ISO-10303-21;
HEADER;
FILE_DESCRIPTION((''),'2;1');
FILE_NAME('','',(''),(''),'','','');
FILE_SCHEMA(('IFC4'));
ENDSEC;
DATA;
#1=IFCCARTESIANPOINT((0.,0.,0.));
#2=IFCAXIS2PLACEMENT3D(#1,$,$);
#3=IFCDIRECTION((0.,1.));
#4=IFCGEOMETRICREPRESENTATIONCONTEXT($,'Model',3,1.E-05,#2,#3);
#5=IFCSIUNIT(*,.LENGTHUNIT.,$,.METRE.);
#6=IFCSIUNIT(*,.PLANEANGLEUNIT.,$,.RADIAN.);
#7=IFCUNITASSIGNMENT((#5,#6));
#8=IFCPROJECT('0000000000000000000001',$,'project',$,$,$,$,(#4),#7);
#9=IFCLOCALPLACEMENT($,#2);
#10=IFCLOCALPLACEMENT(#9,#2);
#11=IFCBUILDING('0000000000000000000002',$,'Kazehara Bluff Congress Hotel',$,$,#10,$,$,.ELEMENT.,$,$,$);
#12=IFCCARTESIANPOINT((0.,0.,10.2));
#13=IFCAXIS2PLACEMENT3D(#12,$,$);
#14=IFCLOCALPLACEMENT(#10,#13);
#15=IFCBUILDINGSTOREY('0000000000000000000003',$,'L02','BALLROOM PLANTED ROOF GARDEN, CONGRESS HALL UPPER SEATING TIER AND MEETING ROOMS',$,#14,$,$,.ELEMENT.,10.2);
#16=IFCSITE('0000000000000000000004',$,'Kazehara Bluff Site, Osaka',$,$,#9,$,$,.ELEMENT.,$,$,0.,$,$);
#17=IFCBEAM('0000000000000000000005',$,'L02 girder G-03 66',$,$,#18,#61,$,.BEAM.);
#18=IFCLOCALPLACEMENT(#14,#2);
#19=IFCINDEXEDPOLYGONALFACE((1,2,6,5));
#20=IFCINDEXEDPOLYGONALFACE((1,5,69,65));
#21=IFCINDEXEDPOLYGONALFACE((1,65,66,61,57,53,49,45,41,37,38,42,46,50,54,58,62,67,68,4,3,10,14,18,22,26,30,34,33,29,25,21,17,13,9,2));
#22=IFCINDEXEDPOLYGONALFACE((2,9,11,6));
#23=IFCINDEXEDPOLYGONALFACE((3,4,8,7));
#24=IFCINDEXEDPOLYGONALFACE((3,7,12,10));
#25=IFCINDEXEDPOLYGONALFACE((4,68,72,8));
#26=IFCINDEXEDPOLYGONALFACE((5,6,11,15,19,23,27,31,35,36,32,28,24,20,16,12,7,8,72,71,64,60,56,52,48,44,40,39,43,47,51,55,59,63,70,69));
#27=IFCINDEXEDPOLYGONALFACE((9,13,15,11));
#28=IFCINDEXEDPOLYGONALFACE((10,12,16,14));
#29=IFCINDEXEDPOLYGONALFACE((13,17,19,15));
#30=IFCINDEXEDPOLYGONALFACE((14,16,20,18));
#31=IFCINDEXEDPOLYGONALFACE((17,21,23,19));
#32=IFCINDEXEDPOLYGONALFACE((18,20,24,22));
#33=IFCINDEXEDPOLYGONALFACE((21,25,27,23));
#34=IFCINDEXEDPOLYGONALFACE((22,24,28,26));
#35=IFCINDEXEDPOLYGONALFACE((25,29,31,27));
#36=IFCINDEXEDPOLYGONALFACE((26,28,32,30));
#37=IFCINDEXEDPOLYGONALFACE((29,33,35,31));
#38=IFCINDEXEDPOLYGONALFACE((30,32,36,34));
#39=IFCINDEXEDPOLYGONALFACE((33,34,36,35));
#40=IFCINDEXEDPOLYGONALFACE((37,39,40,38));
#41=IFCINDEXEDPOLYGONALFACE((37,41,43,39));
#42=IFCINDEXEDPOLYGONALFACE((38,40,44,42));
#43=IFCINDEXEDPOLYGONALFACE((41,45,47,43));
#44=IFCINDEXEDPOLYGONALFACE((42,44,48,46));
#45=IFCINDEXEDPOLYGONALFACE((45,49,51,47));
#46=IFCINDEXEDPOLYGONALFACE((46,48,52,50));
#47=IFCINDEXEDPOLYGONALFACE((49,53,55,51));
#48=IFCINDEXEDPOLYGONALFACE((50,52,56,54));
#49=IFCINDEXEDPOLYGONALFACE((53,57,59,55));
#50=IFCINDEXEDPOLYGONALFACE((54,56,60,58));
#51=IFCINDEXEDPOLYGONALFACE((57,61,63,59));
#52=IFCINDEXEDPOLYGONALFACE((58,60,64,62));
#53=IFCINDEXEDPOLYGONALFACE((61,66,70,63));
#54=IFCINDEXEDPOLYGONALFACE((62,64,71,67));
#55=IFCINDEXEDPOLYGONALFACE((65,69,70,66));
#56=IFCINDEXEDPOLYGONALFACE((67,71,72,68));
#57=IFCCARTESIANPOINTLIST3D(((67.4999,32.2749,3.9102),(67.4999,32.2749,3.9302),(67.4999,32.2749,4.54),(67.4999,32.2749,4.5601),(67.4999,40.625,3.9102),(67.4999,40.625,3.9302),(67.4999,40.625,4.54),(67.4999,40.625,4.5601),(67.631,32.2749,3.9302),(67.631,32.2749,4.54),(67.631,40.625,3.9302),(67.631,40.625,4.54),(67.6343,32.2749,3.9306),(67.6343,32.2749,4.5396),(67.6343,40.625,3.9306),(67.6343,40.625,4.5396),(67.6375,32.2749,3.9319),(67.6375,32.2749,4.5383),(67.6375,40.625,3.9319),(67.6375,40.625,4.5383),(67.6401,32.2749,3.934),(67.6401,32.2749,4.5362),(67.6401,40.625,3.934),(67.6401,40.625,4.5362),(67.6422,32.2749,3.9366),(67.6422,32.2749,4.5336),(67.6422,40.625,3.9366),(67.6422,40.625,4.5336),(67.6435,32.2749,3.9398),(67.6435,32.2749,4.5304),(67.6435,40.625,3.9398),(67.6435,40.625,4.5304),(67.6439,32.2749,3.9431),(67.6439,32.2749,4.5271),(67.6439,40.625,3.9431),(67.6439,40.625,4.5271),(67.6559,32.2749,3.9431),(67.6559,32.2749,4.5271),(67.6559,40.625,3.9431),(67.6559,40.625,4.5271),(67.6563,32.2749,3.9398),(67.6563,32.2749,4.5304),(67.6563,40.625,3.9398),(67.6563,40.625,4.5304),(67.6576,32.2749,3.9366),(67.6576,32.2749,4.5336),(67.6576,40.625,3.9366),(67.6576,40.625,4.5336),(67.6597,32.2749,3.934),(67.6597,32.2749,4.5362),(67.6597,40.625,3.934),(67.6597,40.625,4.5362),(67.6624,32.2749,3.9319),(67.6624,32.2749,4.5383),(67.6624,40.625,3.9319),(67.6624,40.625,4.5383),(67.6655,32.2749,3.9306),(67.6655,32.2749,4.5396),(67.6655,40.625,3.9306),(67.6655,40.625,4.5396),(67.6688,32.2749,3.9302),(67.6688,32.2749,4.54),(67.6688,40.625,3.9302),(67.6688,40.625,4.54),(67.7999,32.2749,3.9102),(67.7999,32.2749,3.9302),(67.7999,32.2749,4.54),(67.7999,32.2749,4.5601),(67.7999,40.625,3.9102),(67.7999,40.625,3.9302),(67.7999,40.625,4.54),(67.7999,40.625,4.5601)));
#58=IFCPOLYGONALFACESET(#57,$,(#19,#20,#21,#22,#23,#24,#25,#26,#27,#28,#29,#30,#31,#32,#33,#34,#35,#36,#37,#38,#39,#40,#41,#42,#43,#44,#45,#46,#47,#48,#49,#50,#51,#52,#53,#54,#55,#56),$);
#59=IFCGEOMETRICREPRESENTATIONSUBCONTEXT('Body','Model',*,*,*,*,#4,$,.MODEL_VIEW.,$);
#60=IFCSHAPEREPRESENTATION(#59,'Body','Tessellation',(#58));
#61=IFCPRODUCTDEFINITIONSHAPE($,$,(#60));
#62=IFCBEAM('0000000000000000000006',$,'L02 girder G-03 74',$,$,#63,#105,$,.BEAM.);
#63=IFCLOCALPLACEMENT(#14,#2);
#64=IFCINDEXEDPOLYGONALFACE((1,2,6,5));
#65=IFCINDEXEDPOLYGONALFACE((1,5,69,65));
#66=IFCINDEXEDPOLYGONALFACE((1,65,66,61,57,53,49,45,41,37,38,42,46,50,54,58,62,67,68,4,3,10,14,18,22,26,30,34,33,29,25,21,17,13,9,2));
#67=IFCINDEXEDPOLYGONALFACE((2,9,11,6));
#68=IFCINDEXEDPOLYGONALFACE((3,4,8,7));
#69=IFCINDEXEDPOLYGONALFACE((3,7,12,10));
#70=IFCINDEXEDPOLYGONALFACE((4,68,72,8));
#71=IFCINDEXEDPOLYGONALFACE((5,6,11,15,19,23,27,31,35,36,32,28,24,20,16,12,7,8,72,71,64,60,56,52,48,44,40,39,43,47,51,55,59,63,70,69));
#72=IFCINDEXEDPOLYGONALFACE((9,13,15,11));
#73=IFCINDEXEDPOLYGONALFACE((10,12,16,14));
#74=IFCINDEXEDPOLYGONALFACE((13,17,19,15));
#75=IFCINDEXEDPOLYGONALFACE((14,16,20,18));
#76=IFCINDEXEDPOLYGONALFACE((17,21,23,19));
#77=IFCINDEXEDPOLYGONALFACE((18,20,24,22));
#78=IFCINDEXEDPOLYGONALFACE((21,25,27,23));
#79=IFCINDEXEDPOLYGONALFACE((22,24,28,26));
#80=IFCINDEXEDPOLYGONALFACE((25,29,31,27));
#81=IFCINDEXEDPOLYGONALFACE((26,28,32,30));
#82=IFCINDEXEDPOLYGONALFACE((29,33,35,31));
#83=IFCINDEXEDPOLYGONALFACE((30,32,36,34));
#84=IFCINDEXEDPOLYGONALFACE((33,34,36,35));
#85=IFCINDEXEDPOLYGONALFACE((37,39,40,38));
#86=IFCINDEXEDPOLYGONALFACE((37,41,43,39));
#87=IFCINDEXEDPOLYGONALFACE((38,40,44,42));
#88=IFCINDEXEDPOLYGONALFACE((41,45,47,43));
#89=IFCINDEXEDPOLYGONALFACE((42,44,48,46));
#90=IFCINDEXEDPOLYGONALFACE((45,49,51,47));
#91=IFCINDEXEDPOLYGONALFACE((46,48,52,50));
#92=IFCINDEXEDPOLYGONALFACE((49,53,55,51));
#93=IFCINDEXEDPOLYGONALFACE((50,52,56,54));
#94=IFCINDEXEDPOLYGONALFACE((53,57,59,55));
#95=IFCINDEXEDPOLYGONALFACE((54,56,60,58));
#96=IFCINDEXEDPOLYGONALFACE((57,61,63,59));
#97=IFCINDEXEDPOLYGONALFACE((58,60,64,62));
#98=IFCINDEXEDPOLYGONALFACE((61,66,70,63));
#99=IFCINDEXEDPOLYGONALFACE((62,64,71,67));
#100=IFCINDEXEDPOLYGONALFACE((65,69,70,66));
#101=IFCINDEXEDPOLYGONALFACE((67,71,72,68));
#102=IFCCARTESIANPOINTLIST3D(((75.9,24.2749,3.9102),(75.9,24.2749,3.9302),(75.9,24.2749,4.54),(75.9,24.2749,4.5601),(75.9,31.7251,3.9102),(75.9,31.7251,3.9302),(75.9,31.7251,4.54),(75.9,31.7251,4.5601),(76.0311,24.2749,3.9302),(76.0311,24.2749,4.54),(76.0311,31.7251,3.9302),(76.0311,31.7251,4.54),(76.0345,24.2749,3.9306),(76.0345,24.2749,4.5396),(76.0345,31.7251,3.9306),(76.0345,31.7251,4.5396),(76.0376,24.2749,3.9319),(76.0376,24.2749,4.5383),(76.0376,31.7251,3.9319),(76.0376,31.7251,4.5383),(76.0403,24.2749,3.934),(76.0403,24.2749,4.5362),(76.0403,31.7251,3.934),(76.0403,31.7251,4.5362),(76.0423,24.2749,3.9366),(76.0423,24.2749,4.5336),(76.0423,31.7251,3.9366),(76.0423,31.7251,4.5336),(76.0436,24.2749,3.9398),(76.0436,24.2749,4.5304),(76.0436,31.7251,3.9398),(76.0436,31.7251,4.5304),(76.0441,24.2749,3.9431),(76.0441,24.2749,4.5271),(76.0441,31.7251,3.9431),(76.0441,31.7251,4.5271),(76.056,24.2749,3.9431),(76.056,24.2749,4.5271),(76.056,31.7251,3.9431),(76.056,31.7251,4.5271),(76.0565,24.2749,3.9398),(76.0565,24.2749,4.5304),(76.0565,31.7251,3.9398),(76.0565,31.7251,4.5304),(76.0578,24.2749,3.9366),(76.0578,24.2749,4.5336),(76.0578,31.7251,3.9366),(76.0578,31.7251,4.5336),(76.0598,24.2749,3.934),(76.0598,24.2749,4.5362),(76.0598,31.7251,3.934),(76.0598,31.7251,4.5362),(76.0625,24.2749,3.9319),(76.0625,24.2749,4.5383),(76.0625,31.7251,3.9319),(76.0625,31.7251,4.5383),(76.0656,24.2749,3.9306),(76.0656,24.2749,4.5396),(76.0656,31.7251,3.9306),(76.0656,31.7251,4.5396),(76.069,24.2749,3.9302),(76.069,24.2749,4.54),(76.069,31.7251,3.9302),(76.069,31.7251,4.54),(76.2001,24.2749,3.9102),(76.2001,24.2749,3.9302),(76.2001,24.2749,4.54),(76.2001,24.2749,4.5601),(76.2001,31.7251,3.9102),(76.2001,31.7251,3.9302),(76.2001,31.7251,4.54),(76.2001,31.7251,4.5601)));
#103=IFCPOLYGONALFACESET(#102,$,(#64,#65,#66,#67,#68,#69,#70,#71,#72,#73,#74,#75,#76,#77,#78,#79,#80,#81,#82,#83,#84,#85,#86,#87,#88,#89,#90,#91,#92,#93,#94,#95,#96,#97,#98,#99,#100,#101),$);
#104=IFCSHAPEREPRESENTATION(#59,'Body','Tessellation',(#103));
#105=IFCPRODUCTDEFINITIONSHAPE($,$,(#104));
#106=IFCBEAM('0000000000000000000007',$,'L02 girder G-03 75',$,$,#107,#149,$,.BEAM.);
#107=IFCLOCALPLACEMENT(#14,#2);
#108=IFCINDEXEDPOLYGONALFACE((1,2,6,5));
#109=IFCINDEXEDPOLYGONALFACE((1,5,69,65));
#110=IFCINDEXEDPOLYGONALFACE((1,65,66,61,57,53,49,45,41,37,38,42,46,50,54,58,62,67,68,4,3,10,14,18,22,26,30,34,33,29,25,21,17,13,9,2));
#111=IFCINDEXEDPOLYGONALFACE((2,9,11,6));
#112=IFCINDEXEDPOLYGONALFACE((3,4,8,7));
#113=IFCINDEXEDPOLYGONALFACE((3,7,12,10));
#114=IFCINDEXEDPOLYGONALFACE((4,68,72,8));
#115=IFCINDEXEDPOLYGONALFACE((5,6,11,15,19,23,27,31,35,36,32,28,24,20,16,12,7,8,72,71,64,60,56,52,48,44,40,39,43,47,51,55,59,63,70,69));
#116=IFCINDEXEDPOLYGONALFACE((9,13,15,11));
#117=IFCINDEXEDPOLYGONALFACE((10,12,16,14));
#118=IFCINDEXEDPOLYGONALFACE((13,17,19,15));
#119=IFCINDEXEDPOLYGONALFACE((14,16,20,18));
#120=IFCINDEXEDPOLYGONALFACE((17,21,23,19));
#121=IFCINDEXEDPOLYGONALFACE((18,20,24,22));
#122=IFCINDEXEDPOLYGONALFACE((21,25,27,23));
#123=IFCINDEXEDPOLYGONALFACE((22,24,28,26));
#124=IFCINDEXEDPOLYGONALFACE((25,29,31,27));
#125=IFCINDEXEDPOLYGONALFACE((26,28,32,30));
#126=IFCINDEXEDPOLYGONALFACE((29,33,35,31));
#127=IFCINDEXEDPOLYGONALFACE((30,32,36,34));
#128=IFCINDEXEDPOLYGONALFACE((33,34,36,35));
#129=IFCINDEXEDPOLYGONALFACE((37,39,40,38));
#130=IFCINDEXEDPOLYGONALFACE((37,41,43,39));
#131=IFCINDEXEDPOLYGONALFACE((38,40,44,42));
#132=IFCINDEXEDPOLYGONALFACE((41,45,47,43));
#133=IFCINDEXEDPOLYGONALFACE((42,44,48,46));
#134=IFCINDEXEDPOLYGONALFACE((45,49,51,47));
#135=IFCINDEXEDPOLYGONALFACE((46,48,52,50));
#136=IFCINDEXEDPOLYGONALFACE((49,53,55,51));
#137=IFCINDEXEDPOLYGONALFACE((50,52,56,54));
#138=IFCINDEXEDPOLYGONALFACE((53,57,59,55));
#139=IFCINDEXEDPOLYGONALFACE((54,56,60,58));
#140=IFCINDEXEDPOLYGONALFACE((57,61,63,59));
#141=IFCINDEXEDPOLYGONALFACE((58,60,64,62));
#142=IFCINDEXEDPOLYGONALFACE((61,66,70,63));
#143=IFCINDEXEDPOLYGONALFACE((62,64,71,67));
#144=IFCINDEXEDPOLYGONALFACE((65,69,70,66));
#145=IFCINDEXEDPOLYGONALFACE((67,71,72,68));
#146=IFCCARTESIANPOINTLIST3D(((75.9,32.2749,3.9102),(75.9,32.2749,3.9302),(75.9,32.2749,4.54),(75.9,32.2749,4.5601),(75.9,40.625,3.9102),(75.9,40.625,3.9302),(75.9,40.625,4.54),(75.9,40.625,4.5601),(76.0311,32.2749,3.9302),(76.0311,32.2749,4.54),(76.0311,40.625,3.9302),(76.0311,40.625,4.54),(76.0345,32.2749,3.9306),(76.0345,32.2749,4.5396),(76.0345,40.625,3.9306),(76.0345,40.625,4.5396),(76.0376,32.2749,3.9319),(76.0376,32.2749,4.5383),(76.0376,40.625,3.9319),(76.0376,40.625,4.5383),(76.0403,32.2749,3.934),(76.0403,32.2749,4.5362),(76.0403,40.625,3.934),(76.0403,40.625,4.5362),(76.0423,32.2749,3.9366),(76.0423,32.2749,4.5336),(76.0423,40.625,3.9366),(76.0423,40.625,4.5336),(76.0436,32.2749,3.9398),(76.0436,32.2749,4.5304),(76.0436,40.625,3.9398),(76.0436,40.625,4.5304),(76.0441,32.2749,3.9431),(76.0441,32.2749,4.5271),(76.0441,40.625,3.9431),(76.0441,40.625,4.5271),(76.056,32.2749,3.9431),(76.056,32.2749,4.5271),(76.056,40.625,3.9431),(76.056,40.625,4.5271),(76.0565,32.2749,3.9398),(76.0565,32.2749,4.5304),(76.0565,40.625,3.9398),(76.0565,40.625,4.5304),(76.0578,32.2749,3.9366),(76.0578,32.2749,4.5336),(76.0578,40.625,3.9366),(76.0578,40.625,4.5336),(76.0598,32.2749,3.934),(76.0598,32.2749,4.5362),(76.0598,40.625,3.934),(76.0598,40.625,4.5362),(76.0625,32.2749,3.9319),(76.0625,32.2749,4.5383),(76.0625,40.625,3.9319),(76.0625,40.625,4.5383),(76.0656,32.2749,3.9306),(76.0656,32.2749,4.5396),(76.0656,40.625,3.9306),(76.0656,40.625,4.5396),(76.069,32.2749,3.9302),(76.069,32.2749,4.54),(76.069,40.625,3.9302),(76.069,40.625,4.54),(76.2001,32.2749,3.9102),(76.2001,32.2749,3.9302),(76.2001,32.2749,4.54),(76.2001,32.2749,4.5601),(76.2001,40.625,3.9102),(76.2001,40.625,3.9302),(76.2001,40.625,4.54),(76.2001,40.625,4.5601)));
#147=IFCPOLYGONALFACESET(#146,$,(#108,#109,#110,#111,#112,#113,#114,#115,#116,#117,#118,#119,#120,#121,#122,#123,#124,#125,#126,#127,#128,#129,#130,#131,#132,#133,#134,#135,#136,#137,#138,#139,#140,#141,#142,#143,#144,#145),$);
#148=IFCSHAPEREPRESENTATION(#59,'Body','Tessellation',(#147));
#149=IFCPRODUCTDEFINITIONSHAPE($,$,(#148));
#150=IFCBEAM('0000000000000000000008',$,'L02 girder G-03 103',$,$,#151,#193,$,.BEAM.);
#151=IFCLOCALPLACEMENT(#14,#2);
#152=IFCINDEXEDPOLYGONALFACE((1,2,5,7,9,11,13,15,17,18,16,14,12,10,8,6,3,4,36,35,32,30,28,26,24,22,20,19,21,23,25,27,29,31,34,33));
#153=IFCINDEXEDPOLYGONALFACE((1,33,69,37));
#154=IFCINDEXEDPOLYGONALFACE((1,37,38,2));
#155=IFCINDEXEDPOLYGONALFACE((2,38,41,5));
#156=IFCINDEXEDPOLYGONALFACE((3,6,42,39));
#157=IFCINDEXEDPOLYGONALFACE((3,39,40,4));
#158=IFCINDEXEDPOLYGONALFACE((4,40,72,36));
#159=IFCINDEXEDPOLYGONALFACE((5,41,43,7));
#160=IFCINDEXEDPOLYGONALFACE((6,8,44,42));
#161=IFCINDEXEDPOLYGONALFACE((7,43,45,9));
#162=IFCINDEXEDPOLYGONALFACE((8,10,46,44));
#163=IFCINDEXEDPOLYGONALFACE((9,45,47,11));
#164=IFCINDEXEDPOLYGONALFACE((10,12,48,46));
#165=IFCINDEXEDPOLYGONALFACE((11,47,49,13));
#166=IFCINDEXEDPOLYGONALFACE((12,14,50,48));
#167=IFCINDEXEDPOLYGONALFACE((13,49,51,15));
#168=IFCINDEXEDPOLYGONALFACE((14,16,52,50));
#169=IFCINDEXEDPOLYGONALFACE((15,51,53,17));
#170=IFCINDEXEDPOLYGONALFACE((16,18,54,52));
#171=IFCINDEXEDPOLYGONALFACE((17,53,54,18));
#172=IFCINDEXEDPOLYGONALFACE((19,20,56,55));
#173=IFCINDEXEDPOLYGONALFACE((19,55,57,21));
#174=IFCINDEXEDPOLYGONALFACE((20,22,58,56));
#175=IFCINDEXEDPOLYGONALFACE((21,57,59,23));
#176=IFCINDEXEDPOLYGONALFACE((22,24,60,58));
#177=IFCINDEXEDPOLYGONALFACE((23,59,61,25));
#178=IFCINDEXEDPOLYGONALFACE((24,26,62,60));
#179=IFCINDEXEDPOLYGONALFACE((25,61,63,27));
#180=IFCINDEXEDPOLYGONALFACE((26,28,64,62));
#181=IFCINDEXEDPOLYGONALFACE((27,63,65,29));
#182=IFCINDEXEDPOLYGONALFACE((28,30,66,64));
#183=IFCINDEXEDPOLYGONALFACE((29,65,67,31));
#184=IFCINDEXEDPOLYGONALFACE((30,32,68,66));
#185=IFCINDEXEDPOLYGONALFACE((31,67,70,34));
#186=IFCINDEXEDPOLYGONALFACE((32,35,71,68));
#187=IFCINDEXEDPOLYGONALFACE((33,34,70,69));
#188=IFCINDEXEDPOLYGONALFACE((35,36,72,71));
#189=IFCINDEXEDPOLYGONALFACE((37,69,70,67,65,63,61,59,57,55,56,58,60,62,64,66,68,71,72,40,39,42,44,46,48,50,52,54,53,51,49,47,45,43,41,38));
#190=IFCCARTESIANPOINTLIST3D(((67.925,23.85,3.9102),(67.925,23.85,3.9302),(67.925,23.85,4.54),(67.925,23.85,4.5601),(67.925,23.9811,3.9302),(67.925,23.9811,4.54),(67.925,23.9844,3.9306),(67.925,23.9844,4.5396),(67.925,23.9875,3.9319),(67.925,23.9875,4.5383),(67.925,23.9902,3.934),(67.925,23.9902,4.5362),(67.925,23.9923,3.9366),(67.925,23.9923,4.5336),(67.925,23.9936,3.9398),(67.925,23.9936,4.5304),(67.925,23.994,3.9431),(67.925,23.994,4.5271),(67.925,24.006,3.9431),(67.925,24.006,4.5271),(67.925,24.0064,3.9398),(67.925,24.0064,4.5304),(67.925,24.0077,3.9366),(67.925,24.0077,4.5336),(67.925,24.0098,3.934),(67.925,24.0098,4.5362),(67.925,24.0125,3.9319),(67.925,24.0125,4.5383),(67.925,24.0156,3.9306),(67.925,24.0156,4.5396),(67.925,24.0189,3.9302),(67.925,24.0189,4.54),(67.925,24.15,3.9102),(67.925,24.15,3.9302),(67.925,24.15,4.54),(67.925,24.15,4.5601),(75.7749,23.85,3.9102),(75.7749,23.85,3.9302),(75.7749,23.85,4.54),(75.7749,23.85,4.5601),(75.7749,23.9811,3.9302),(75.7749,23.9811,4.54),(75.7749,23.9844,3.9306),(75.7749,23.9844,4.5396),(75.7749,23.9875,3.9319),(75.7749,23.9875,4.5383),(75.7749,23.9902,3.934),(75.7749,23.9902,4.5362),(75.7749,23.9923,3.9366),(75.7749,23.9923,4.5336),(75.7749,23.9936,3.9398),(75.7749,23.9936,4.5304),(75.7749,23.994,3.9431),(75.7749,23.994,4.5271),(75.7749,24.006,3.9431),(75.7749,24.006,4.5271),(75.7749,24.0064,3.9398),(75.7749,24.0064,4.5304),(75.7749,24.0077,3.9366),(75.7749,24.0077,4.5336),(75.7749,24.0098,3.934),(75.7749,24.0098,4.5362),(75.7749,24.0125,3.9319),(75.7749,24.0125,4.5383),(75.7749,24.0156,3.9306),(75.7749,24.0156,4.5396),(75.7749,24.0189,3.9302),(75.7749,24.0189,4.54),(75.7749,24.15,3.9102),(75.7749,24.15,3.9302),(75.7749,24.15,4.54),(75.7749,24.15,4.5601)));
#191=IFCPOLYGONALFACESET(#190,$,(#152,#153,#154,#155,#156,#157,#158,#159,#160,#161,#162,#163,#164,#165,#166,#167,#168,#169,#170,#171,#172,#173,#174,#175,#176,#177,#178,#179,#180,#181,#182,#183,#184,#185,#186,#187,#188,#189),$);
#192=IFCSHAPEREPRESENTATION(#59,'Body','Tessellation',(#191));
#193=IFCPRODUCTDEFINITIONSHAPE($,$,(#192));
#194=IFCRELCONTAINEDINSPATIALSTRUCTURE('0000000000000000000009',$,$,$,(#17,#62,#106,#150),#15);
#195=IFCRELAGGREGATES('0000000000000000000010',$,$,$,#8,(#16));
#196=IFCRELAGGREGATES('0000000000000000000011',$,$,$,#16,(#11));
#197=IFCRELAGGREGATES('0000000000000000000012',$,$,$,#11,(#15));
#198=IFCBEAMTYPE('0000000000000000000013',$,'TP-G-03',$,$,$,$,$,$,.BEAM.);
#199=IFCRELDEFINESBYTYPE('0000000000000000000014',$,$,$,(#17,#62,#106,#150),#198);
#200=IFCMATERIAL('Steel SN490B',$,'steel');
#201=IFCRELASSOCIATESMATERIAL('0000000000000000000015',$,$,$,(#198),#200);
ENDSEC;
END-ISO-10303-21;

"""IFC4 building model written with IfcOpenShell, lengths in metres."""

from ifc_helpers import new_model, si_unit, direction, frame, origin, origin_2d, place, context, subcontext, project, spatial, i_section, extrude, material, material_profile, profile_set, type_object, element, save


model = new_model("IFC4")

# Units and contexts
model_context = context("Model", 3, precision=1e-05, world=origin(), true_north=direction((0.0, 1.0)))
body_context = subcontext(model_context, "Body", "Model", "MODEL_VIEW")
ifc_project = project(units=[si_unit("LENGTHUNIT", "METRE"), si_unit("PLANEANGLEUNIT", "RADIAN")], contexts=[model_context])

# Site, building, storey
site_placement = place(None, origin())
site = spatial("IfcSite", under=ifc_project, at=site_placement, Name="Kazehara Bluff Site, Osaka", CompositionType="ELEMENT", RefElevation=0.0)
building_placement = place(site_placement, origin())
building = spatial("IfcBuilding", under=site, at=building_placement, Name="Kazehara Bluff Congress Hotel", CompositionType="ELEMENT")
storey_placement = place(building_placement, frame((0.0, 0.0, 10.2)))
storey = spatial("IfcBuildingStorey", under=building, at=storey_placement, Name="L02", Description="BALLROOM PLANTED ROOF GARDEN, CONGRESS HALL UPPER SEATING TIER AND MEETING ROOMS", CompositionType="ELEMENT", Elevation=10.2)

# Beams
ifc_material_1 = material(Name="Steel SN490B", Category="steel")
ifc_material_profile_1 = material_profile(ifc_material_1, i_section(OverallWidth=0.3, OverallDepth=0.6499, WebThickness=0.012, FlangeThickness=0.02, FilletRadius=0.0129, at=origin_2d()))
ifc_profile_set_1 = profile_set([ifc_material_profile_1], Name="Steel SN490B")
beam_type_1 = type_object("IfcBeamType", Name="TP-G-03", PredefinedType="BEAM", material=ifc_profile_set_1)
beam_1_placement = place(storey_placement, frame((67.6499, 32.2749, 4.2351), z_axis=(0.0, 1.0, 0.0), x_axis=(-1.0, 0.0, 0.0)))
element("IfcBeam", 1, at=beam_1_placement, inside=storey, type_object=beam_type_1, Name="L02 girder G-03 66", PredefinedType="BEAM", context=body_context, shape_type="SweptSolid", body=[
    extrude(i_section(OverallWidth=0.3, OverallDepth=0.6499, WebThickness=0.012, FlangeThickness=0.02, FilletRadius=0.0129, at=origin_2d()), origin(), (0.0, 0.0, 1.0), 8.3501),
])
beam_2_placement = place(storey_placement, frame((76.05, 24.2749, 4.2351), z_axis=(0.0, 1.0, 0.0), x_axis=(-1.0, 0.0, 0.0)))
element("IfcBeam", 2, at=beam_2_placement, inside=storey, type_object=beam_type_1, Name="L02 girder G-03 74", PredefinedType="BEAM", context=body_context, shape_type="SweptSolid", body=[
    extrude(i_section(OverallWidth=0.3, OverallDepth=0.6499, WebThickness=0.012, FlangeThickness=0.02, FilletRadius=0.0129, at=origin_2d()), origin(), (0.0, 0.0, 1.0), 7.4502),
])
beam_3_placement = place(storey_placement, frame((76.05, 32.2749, 4.2351), z_axis=(0.0, 1.0, 0.0), x_axis=(-1.0, 0.0, 0.0)))
element("IfcBeam", 3, at=beam_3_placement, inside=storey, type_object=beam_type_1, Name="L02 girder G-03 75", PredefinedType="BEAM", context=body_context, shape_type="SweptSolid", body=[
    extrude(i_section(OverallWidth=0.3, OverallDepth=0.6499, WebThickness=0.012, FlangeThickness=0.02, FilletRadius=0.0129, at=origin_2d()), origin(), (0.0, 0.0, 1.0), 8.3501),
])
beam_4_placement = place(storey_placement, frame((67.925, 24.0, 4.2351), z_axis=(1.0, 0.0, 0.0), x_axis=(0.0, 1.0, 0.0)))
element("IfcBeam", 4, at=beam_4_placement, inside=storey, type_object=beam_type_1, Name="L02 girder G-03 103", PredefinedType="BEAM", context=body_context, shape_type="SweptSolid", body=[
    extrude(i_section(OverallWidth=0.3, OverallDepth=0.6499, WebThickness=0.012, FlangeThickness=0.02, FilletRadius=0.0129, at=origin_2d()), origin(), (0.0, 0.0, 1.0), 7.8499),
])

save(model, "model.ifc")
